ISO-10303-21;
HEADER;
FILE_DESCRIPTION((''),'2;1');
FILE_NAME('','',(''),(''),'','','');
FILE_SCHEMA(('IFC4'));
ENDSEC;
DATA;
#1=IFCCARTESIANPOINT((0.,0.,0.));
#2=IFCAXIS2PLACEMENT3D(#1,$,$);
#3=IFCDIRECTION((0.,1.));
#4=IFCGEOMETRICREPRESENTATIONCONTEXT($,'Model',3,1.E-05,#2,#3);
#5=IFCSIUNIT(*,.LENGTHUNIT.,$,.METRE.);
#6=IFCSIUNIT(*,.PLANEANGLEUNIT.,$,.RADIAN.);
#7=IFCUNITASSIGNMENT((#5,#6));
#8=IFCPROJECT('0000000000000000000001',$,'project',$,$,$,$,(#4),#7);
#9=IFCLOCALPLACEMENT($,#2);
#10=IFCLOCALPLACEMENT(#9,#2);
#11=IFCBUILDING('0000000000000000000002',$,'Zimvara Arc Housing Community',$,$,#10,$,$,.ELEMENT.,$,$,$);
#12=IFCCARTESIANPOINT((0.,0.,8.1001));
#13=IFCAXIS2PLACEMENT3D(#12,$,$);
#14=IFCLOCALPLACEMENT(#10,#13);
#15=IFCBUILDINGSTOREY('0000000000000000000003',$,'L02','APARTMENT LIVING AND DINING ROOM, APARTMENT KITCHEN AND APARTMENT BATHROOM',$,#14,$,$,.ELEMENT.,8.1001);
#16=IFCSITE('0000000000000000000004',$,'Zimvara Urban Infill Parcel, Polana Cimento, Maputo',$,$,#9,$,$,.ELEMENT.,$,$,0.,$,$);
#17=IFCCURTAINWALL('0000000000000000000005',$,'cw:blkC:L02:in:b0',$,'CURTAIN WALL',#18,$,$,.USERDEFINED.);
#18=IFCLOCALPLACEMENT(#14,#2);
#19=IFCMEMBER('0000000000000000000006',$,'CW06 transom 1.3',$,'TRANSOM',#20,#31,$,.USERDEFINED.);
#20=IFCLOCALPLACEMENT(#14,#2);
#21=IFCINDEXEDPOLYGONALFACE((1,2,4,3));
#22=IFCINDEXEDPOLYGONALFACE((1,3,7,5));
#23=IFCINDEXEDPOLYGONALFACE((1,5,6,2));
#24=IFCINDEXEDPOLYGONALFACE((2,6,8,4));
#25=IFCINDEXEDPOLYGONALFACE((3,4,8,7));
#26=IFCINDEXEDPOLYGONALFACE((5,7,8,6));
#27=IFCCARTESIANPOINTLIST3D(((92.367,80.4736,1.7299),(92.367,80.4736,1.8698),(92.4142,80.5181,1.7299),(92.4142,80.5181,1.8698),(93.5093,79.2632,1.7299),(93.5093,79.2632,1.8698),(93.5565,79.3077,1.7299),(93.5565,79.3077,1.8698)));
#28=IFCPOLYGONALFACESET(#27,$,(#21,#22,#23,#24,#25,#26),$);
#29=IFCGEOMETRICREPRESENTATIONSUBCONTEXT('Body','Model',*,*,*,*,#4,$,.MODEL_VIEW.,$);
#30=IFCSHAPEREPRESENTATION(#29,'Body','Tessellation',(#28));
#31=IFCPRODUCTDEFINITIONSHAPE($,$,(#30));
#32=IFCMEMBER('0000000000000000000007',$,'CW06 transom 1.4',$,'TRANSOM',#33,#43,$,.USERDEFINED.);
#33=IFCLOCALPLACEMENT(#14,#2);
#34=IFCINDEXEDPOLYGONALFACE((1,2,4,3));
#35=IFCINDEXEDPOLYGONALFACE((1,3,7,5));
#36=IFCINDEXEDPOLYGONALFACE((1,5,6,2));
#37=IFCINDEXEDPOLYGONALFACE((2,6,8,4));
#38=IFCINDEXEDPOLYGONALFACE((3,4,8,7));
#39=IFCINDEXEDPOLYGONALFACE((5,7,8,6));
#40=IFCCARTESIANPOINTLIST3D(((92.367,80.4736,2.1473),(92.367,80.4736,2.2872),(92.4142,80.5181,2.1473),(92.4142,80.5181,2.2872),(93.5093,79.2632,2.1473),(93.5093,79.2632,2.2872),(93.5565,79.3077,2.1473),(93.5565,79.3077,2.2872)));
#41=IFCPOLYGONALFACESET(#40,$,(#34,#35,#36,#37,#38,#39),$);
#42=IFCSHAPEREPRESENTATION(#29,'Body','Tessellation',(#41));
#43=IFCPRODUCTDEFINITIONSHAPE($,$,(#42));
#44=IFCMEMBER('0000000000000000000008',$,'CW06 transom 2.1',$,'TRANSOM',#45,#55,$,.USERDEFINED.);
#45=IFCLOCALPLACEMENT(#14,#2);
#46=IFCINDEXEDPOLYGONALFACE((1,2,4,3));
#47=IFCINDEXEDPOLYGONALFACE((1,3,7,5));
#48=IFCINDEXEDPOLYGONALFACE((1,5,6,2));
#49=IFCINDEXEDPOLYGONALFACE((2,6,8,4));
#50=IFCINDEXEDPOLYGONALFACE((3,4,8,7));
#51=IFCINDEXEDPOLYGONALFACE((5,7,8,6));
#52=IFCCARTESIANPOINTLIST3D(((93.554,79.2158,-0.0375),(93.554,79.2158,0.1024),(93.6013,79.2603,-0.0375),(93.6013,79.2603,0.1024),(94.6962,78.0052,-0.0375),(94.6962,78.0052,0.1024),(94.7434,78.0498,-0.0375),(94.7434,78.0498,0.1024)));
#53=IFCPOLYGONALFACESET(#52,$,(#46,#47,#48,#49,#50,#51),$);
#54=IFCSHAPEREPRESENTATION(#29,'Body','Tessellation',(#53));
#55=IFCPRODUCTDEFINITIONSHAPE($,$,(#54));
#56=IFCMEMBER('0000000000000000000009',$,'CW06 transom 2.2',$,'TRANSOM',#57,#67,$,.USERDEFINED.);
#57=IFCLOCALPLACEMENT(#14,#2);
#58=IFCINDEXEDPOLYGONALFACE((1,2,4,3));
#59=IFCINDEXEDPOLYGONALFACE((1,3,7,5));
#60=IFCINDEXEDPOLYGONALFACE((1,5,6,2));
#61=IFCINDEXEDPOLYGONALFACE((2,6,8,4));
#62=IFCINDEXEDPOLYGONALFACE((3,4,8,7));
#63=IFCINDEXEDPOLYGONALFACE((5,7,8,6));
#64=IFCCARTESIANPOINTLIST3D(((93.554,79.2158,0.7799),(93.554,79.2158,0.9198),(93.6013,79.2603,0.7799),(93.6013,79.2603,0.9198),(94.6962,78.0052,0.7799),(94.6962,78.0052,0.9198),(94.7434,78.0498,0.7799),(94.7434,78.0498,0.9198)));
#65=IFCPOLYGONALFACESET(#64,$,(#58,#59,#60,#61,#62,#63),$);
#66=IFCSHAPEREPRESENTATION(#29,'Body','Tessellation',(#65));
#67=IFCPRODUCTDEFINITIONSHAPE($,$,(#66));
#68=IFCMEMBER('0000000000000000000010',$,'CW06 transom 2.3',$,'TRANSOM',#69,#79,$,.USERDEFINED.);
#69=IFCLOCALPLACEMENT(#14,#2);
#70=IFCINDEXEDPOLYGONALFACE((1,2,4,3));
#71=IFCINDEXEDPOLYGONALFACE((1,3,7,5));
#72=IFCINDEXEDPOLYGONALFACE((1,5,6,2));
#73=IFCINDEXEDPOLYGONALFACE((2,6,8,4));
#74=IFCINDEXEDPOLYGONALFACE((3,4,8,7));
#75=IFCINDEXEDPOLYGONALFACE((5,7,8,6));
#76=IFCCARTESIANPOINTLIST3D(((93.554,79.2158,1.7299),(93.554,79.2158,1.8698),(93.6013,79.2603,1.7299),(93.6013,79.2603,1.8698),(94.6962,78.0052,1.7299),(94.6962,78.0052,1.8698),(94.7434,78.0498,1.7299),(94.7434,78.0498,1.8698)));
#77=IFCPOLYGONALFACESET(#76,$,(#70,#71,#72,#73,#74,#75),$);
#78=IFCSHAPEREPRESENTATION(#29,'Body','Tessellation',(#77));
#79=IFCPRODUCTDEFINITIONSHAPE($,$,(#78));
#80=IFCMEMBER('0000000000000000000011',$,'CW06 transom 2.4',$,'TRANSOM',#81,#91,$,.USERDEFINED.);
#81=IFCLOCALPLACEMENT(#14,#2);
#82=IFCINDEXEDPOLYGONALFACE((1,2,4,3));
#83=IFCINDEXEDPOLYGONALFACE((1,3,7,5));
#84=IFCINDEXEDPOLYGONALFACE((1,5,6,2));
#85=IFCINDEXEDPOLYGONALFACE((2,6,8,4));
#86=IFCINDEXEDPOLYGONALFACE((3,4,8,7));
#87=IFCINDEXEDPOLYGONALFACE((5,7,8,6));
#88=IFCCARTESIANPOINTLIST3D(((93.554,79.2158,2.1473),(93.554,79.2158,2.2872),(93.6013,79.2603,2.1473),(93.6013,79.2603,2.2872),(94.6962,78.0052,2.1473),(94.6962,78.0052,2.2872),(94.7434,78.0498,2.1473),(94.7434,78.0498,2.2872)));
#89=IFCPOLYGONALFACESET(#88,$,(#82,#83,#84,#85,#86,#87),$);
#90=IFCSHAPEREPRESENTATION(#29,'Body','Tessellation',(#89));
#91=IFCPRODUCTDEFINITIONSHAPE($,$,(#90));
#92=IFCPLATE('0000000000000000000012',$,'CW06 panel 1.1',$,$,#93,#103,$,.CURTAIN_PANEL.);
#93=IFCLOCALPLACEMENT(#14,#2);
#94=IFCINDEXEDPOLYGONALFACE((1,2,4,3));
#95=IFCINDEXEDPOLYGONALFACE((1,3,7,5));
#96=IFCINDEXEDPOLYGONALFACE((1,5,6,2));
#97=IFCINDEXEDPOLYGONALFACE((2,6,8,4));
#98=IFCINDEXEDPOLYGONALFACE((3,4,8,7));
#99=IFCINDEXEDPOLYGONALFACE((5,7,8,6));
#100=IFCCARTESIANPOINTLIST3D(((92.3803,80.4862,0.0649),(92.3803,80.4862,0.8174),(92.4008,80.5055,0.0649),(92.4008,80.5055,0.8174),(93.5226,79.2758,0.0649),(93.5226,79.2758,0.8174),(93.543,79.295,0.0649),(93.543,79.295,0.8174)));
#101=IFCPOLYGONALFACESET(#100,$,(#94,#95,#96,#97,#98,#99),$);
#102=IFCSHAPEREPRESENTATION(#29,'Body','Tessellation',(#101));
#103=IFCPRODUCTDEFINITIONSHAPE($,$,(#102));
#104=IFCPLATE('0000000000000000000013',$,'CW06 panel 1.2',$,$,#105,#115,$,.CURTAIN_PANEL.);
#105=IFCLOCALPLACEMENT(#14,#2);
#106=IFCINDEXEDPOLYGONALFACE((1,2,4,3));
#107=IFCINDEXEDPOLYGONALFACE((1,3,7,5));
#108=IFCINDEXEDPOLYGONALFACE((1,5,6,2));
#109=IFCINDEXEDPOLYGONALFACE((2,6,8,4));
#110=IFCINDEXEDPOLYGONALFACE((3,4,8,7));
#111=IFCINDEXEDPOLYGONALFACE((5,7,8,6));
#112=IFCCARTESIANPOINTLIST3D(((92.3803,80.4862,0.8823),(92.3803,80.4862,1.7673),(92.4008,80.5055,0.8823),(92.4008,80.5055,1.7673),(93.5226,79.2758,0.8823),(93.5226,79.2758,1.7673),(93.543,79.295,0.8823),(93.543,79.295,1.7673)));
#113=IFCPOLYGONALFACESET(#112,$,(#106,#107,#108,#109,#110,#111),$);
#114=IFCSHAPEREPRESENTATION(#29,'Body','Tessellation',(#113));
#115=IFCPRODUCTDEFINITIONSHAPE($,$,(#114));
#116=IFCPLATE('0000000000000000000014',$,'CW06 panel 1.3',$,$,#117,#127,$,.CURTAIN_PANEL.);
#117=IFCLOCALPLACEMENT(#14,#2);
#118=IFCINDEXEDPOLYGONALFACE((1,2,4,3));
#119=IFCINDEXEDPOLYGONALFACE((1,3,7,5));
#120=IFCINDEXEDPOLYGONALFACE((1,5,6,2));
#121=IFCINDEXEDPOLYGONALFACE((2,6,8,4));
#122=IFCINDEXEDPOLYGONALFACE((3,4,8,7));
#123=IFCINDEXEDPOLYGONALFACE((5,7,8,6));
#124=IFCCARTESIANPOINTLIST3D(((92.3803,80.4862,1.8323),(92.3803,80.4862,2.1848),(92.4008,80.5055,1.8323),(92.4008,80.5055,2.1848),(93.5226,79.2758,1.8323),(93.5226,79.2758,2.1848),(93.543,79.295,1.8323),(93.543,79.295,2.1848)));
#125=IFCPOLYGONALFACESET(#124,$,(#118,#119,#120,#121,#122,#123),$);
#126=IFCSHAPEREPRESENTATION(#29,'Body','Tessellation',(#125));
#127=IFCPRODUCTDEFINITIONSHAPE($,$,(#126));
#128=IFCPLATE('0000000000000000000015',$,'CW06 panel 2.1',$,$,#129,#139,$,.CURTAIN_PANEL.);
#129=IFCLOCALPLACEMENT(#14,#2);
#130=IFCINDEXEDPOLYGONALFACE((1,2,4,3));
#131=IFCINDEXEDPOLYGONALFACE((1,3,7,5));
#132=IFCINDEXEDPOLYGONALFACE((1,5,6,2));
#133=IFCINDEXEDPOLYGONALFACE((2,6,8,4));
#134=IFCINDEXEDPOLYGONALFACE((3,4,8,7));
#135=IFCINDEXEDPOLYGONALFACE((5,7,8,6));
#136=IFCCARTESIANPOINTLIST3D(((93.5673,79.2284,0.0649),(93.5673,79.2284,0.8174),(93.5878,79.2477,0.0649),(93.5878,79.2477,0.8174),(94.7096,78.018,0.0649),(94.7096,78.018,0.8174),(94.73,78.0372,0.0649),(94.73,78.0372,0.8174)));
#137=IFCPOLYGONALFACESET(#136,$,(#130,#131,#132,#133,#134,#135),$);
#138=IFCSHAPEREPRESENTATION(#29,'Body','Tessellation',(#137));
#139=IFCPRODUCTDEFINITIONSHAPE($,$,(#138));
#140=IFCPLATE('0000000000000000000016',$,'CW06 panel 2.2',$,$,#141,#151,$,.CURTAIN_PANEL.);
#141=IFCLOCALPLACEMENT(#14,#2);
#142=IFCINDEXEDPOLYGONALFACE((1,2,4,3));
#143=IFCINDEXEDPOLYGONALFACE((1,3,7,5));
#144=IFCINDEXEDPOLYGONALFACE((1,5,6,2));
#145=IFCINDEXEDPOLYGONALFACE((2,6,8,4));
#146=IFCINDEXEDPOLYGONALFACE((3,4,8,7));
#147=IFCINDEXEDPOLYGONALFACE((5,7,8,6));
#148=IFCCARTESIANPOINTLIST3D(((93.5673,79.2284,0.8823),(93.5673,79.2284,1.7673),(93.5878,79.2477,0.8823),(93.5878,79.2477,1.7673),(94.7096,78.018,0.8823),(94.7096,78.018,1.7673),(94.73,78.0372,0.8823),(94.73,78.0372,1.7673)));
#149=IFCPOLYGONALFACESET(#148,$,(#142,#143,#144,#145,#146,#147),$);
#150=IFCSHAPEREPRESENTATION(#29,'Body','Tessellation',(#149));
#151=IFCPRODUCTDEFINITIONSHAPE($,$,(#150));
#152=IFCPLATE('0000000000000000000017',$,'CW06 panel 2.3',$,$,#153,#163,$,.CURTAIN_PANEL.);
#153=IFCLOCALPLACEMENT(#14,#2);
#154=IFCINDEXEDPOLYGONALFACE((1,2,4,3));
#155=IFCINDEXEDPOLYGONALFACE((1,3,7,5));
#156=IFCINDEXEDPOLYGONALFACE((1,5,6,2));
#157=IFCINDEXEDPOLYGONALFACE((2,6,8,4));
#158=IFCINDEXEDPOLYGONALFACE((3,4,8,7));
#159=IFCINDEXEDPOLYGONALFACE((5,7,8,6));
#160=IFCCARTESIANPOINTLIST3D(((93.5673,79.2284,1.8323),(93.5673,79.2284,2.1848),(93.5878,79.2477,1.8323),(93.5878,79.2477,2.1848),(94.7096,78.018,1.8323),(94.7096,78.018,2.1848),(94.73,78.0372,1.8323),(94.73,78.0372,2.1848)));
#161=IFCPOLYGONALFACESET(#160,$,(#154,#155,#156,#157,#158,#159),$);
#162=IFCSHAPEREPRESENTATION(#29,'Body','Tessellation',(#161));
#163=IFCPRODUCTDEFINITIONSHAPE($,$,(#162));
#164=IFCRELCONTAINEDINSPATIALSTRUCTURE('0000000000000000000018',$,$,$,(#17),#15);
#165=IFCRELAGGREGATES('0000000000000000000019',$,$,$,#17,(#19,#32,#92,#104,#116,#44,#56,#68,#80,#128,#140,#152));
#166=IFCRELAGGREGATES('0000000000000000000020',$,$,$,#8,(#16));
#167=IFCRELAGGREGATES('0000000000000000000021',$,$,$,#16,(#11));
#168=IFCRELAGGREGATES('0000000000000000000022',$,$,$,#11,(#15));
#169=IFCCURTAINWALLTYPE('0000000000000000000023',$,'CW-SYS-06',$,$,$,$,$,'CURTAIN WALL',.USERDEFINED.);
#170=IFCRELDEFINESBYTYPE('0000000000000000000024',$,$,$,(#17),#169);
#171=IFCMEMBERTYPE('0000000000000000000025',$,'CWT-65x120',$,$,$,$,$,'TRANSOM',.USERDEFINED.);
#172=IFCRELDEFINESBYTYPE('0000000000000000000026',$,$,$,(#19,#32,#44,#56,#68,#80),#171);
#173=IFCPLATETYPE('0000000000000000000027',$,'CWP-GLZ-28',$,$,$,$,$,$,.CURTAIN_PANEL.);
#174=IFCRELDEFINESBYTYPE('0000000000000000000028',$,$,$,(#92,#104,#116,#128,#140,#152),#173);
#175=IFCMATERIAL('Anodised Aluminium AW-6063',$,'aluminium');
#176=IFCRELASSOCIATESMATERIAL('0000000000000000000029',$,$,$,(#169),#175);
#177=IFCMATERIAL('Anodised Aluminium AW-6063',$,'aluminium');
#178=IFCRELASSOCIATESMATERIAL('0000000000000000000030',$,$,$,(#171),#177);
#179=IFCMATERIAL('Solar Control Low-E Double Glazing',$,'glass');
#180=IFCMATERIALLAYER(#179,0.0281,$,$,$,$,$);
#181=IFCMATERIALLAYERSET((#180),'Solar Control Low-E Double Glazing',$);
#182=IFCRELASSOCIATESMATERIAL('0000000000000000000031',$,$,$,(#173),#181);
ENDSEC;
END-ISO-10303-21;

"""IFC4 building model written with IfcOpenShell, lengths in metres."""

from ifc_helpers import new_model, si_unit, direction, frame, origin, origin_2d, place, context, subcontext, project, spatial, rectangle, extrude, material, layer, layer_set, material_profile, profile_set, type_object, element, aggregate, save


model = new_model("IFC4")

# Units and contexts
model_context = context("Model", 3, precision=1e-05, world=origin(), true_north=direction((0.0, 1.0)))
body_context = subcontext(model_context, "Body", "Model", "MODEL_VIEW")
ifc_project = project(units=[si_unit("LENGTHUNIT", "METRE"), si_unit("PLANEANGLEUNIT", "RADIAN")], contexts=[model_context])

# Site, building, storey
site_placement = place(None, origin())
site = spatial("IfcSite", under=ifc_project, at=site_placement, Name="Zimvara Urban Infill Parcel, Polana Cimento, Maputo", CompositionType="ELEMENT", RefElevation=0.0)
building_placement = place(site_placement, origin())
building = spatial("IfcBuilding", under=site, at=building_placement, Name="Zimvara Arc Housing Community", CompositionType="ELEMENT")
storey_placement = place(building_placement, frame((0.0, 0.0, 8.1001)))
storey = spatial("IfcBuildingStorey", under=building, at=storey_placement, Name="L02", Description="APARTMENT LIVING AND DINING ROOM, APARTMENT KITCHEN AND APARTMENT BATHROOM", CompositionType="ELEMENT", Elevation=8.1001)

# Curtain wall, members, plates
ifc_material_1 = material(Name="Anodised Aluminium AW-6063", Category="aluminium")
curtain_wall_type = type_object("IfcCurtainWallType", Name="CW-SYS-06", ElementType="CURTAIN WALL", PredefinedType="USERDEFINED", material=ifc_material_1)
curtain_wall_placement = place(storey_placement, origin())
curtain_wall = element("IfcCurtainWall", 1, at=curtain_wall_placement, inside=storey, type_object=curtain_wall_type, Name="cw:blkC:L02:in:b0", ObjectType="CURTAIN WALL", PredefinedType="USERDEFINED")
ifc_material_2 = material(Name="Anodised Aluminium AW-6063", Category="aluminium")
ifc_material_profile_1 = material_profile(ifc_material_2, rectangle(XDim=0.0649, YDim=0.1399, at=origin_2d()), Name="ALU 65x140")
ifc_profile_set_1 = profile_set([ifc_material_profile_1], Name="Anodised Aluminium AW-6063")
member_type_1 = type_object("IfcMemberType", Name="CWT-65x120", ElementType="TRANSOM", PredefinedType="USERDEFINED", material=ifc_profile_set_1)
member_1_placement = place(storey_placement, frame((92.3906, 80.4958, 1.7998), z_axis=(0.686348, -0.727273, 0.0), x_axis=(0.727273, 0.686348, 0.0)))
member_1 = element("IfcMember", 2, at=member_1_placement, type_object=member_type_1, Name="CW06 transom 1.3", ObjectType="TRANSOM", PredefinedType="USERDEFINED", context=body_context, shape_type="SweptSolid", body=[
    extrude(rectangle(XDim=0.0649, YDim=0.1399, at=origin_2d()), origin(), (0.0, 0.0, 1.0), 1.6643),
])
member_2_placement = place(storey_placement, frame((92.3906, 80.4958, 2.2173), z_axis=(0.686348, -0.727273, 0.0), x_axis=(0.727273, 0.686348, 0.0)))
member_2 = element("IfcMember", 3, at=member_2_placement, type_object=member_type_1, Name="CW06 transom 1.4", ObjectType="TRANSOM", PredefinedType="USERDEFINED", context=body_context, shape_type="SweptSolid", body=[
    extrude(rectangle(XDim=0.0649, YDim=0.1399, at=origin_2d()), origin(), (0.0, 0.0, 1.0), 1.6643),
])
member_3_placement = place(storey_placement, frame((93.5776, 79.238, 0.0325), z_axis=(0.68627, -0.727347, 0.0), x_axis=(0.727347, 0.68627, 0.0)))
member_3 = element("IfcMember", 4, at=member_3_placement, type_object=member_type_1, Name="CW06 transom 2.1", ObjectType="TRANSOM", PredefinedType="USERDEFINED", context=body_context, shape_type="SweptSolid", body=[
    extrude(rectangle(XDim=0.0649, YDim=0.1399, at=origin_2d()), origin(), (0.0, 0.0, 1.0), 1.6643),
])
member_4_placement = place(storey_placement, frame((93.5776, 79.238, 0.8499), z_axis=(0.68627, -0.727347, 0.0), x_axis=(0.727347, 0.68627, 0.0)))
member_4 = element("IfcMember", 5, at=member_4_placement, type_object=member_type_1, Name="CW06 transom 2.2", ObjectType="TRANSOM", PredefinedType="USERDEFINED", context=body_context, shape_type="SweptSolid", body=[
    extrude(rectangle(XDim=0.0649, YDim=0.1399, at=origin_2d()), origin(), (0.0, 0.0, 1.0), 1.6643),
])
member_5_placement = place(storey_placement, frame((93.5776, 79.238, 1.7998), z_axis=(0.68627, -0.727347, 0.0), x_axis=(0.727347, 0.68627, 0.0)))
member_5 = element("IfcMember", 6, at=member_5_placement, type_object=member_type_1, Name="CW06 transom 2.3", ObjectType="TRANSOM", PredefinedType="USERDEFINED", context=body_context, shape_type="SweptSolid", body=[
    extrude(rectangle(XDim=0.0649, YDim=0.1399, at=origin_2d()), origin(), (0.0, 0.0, 1.0), 1.6643),
])
member_6_placement = place(storey_placement, frame((93.5776, 79.238, 2.2173), z_axis=(0.68627, -0.727347, 0.0), x_axis=(0.727347, 0.68627, 0.0)))
member_6 = element("IfcMember", 7, at=member_6_placement, type_object=member_type_1, Name="CW06 transom 2.4", ObjectType="TRANSOM", PredefinedType="USERDEFINED", context=body_context, shape_type="SweptSolid", body=[
    extrude(rectangle(XDim=0.0649, YDim=0.1399, at=origin_2d()), origin(), (0.0, 0.0, 1.0), 1.6643),
])
ifc_material_3 = material(Name="Solar Control Low-E Double Glazing", Category="glass")
ifc_layer_1 = layer(ifc_material_3, 0.0281)
ifc_layer_set_1 = layer_set([ifc_layer_1], Name="Solar Control Low-E Double Glazing")
plate_type = type_object("IfcPlateType", Name="CWP-GLZ-28", PredefinedType="CURTAIN_PANEL", material=ifc_layer_set_1)
plate_1_placement = place(storey_placement, frame((92.9617, 79.8906, 0.0649), z_axis=(0.0, 0.0, 1.0), x_axis=(0.686327, -0.727293, 0.0)))
plate_1 = element("IfcPlate", 8, at=plate_1_placement, type_object=plate_type, Name="CW06 panel 1.1", PredefinedType="CURTAIN_PANEL", context=body_context, shape_type="SweptSolid", body=[
    extrude(rectangle(XDim=1.6643, YDim=0.0281, at=origin_2d()), origin(), (0.0, 0.0, 1.0), 0.7524),
])
plate_2_placement = place(storey_placement, frame((92.9617, 79.8906, 0.8823), z_axis=(0.0, 0.0, 1.0), x_axis=(0.686327, -0.727293, 0.0)))
plate_2 = element("IfcPlate", 9, at=plate_2_placement, type_object=plate_type, Name="CW06 panel 1.2", PredefinedType="CURTAIN_PANEL", context=body_context, shape_type="SweptSolid", body=[
    extrude(rectangle(XDim=1.6643, YDim=0.0281, at=origin_2d()), origin(), (0.0, 0.0, 1.0), 0.885),
])
plate_3_placement = place(storey_placement, frame((92.9617, 79.8906, 1.8323), z_axis=(0.0, 0.0, 1.0), x_axis=(0.686327, -0.727293, 0.0)))
plate_3 = element("IfcPlate", 10, at=plate_3_placement, type_object=plate_type, Name="CW06 panel 1.3", PredefinedType="CURTAIN_PANEL", context=body_context, shape_type="SweptSolid", body=[
    extrude(rectangle(XDim=1.6643, YDim=0.0281, at=origin_2d()), origin(), (0.0, 0.0, 1.0), 0.3525),
])
plate_4_placement = place(storey_placement, frame((94.1487, 78.6328, 0.0649), z_axis=(0.0, 0.0, 1.0), x_axis=(0.686327, -0.727293, 0.0)))
plate_4 = element("IfcPlate", 11, at=plate_4_placement, type_object=plate_type, Name="CW06 panel 2.1", PredefinedType="CURTAIN_PANEL", context=body_context, shape_type="SweptSolid", body=[
    extrude(rectangle(XDim=1.6643, YDim=0.0281, at=origin_2d()), origin(), (0.0, 0.0, 1.0), 0.7524),
])
plate_5_placement = place(storey_placement, frame((94.1487, 78.6328, 0.8823), z_axis=(0.0, 0.0, 1.0), x_axis=(0.686327, -0.727293, 0.0)))
plate_5 = element("IfcPlate", 12, at=plate_5_placement, type_object=plate_type, Name="CW06 panel 2.2", PredefinedType="CURTAIN_PANEL", context=body_context, shape_type="SweptSolid", body=[
    extrude(rectangle(XDim=1.6643, YDim=0.0281, at=origin_2d()), origin(), (0.0, 0.0, 1.0), 0.885),
])
plate_6_placement = place(storey_placement, frame((94.1487, 78.6328, 1.8323), z_axis=(0.0, 0.0, 1.0), x_axis=(0.686327, -0.727293, 0.0)))
plate_6 = element("IfcPlate", 13, at=plate_6_placement, type_object=plate_type, Name="CW06 panel 2.3", PredefinedType="CURTAIN_PANEL", context=body_context, shape_type="SweptSolid", body=[
    extrude(rectangle(XDim=1.6643, YDim=0.0281, at=origin_2d()), origin(), (0.0, 0.0, 1.0), 0.3525),
])
aggregate(curtain_wall, [member_1, member_2, plate_1, plate_2, plate_3, member_3, member_4, member_5, member_6, plate_4, plate_5, plate_6])

save(model, "model.ifc")
